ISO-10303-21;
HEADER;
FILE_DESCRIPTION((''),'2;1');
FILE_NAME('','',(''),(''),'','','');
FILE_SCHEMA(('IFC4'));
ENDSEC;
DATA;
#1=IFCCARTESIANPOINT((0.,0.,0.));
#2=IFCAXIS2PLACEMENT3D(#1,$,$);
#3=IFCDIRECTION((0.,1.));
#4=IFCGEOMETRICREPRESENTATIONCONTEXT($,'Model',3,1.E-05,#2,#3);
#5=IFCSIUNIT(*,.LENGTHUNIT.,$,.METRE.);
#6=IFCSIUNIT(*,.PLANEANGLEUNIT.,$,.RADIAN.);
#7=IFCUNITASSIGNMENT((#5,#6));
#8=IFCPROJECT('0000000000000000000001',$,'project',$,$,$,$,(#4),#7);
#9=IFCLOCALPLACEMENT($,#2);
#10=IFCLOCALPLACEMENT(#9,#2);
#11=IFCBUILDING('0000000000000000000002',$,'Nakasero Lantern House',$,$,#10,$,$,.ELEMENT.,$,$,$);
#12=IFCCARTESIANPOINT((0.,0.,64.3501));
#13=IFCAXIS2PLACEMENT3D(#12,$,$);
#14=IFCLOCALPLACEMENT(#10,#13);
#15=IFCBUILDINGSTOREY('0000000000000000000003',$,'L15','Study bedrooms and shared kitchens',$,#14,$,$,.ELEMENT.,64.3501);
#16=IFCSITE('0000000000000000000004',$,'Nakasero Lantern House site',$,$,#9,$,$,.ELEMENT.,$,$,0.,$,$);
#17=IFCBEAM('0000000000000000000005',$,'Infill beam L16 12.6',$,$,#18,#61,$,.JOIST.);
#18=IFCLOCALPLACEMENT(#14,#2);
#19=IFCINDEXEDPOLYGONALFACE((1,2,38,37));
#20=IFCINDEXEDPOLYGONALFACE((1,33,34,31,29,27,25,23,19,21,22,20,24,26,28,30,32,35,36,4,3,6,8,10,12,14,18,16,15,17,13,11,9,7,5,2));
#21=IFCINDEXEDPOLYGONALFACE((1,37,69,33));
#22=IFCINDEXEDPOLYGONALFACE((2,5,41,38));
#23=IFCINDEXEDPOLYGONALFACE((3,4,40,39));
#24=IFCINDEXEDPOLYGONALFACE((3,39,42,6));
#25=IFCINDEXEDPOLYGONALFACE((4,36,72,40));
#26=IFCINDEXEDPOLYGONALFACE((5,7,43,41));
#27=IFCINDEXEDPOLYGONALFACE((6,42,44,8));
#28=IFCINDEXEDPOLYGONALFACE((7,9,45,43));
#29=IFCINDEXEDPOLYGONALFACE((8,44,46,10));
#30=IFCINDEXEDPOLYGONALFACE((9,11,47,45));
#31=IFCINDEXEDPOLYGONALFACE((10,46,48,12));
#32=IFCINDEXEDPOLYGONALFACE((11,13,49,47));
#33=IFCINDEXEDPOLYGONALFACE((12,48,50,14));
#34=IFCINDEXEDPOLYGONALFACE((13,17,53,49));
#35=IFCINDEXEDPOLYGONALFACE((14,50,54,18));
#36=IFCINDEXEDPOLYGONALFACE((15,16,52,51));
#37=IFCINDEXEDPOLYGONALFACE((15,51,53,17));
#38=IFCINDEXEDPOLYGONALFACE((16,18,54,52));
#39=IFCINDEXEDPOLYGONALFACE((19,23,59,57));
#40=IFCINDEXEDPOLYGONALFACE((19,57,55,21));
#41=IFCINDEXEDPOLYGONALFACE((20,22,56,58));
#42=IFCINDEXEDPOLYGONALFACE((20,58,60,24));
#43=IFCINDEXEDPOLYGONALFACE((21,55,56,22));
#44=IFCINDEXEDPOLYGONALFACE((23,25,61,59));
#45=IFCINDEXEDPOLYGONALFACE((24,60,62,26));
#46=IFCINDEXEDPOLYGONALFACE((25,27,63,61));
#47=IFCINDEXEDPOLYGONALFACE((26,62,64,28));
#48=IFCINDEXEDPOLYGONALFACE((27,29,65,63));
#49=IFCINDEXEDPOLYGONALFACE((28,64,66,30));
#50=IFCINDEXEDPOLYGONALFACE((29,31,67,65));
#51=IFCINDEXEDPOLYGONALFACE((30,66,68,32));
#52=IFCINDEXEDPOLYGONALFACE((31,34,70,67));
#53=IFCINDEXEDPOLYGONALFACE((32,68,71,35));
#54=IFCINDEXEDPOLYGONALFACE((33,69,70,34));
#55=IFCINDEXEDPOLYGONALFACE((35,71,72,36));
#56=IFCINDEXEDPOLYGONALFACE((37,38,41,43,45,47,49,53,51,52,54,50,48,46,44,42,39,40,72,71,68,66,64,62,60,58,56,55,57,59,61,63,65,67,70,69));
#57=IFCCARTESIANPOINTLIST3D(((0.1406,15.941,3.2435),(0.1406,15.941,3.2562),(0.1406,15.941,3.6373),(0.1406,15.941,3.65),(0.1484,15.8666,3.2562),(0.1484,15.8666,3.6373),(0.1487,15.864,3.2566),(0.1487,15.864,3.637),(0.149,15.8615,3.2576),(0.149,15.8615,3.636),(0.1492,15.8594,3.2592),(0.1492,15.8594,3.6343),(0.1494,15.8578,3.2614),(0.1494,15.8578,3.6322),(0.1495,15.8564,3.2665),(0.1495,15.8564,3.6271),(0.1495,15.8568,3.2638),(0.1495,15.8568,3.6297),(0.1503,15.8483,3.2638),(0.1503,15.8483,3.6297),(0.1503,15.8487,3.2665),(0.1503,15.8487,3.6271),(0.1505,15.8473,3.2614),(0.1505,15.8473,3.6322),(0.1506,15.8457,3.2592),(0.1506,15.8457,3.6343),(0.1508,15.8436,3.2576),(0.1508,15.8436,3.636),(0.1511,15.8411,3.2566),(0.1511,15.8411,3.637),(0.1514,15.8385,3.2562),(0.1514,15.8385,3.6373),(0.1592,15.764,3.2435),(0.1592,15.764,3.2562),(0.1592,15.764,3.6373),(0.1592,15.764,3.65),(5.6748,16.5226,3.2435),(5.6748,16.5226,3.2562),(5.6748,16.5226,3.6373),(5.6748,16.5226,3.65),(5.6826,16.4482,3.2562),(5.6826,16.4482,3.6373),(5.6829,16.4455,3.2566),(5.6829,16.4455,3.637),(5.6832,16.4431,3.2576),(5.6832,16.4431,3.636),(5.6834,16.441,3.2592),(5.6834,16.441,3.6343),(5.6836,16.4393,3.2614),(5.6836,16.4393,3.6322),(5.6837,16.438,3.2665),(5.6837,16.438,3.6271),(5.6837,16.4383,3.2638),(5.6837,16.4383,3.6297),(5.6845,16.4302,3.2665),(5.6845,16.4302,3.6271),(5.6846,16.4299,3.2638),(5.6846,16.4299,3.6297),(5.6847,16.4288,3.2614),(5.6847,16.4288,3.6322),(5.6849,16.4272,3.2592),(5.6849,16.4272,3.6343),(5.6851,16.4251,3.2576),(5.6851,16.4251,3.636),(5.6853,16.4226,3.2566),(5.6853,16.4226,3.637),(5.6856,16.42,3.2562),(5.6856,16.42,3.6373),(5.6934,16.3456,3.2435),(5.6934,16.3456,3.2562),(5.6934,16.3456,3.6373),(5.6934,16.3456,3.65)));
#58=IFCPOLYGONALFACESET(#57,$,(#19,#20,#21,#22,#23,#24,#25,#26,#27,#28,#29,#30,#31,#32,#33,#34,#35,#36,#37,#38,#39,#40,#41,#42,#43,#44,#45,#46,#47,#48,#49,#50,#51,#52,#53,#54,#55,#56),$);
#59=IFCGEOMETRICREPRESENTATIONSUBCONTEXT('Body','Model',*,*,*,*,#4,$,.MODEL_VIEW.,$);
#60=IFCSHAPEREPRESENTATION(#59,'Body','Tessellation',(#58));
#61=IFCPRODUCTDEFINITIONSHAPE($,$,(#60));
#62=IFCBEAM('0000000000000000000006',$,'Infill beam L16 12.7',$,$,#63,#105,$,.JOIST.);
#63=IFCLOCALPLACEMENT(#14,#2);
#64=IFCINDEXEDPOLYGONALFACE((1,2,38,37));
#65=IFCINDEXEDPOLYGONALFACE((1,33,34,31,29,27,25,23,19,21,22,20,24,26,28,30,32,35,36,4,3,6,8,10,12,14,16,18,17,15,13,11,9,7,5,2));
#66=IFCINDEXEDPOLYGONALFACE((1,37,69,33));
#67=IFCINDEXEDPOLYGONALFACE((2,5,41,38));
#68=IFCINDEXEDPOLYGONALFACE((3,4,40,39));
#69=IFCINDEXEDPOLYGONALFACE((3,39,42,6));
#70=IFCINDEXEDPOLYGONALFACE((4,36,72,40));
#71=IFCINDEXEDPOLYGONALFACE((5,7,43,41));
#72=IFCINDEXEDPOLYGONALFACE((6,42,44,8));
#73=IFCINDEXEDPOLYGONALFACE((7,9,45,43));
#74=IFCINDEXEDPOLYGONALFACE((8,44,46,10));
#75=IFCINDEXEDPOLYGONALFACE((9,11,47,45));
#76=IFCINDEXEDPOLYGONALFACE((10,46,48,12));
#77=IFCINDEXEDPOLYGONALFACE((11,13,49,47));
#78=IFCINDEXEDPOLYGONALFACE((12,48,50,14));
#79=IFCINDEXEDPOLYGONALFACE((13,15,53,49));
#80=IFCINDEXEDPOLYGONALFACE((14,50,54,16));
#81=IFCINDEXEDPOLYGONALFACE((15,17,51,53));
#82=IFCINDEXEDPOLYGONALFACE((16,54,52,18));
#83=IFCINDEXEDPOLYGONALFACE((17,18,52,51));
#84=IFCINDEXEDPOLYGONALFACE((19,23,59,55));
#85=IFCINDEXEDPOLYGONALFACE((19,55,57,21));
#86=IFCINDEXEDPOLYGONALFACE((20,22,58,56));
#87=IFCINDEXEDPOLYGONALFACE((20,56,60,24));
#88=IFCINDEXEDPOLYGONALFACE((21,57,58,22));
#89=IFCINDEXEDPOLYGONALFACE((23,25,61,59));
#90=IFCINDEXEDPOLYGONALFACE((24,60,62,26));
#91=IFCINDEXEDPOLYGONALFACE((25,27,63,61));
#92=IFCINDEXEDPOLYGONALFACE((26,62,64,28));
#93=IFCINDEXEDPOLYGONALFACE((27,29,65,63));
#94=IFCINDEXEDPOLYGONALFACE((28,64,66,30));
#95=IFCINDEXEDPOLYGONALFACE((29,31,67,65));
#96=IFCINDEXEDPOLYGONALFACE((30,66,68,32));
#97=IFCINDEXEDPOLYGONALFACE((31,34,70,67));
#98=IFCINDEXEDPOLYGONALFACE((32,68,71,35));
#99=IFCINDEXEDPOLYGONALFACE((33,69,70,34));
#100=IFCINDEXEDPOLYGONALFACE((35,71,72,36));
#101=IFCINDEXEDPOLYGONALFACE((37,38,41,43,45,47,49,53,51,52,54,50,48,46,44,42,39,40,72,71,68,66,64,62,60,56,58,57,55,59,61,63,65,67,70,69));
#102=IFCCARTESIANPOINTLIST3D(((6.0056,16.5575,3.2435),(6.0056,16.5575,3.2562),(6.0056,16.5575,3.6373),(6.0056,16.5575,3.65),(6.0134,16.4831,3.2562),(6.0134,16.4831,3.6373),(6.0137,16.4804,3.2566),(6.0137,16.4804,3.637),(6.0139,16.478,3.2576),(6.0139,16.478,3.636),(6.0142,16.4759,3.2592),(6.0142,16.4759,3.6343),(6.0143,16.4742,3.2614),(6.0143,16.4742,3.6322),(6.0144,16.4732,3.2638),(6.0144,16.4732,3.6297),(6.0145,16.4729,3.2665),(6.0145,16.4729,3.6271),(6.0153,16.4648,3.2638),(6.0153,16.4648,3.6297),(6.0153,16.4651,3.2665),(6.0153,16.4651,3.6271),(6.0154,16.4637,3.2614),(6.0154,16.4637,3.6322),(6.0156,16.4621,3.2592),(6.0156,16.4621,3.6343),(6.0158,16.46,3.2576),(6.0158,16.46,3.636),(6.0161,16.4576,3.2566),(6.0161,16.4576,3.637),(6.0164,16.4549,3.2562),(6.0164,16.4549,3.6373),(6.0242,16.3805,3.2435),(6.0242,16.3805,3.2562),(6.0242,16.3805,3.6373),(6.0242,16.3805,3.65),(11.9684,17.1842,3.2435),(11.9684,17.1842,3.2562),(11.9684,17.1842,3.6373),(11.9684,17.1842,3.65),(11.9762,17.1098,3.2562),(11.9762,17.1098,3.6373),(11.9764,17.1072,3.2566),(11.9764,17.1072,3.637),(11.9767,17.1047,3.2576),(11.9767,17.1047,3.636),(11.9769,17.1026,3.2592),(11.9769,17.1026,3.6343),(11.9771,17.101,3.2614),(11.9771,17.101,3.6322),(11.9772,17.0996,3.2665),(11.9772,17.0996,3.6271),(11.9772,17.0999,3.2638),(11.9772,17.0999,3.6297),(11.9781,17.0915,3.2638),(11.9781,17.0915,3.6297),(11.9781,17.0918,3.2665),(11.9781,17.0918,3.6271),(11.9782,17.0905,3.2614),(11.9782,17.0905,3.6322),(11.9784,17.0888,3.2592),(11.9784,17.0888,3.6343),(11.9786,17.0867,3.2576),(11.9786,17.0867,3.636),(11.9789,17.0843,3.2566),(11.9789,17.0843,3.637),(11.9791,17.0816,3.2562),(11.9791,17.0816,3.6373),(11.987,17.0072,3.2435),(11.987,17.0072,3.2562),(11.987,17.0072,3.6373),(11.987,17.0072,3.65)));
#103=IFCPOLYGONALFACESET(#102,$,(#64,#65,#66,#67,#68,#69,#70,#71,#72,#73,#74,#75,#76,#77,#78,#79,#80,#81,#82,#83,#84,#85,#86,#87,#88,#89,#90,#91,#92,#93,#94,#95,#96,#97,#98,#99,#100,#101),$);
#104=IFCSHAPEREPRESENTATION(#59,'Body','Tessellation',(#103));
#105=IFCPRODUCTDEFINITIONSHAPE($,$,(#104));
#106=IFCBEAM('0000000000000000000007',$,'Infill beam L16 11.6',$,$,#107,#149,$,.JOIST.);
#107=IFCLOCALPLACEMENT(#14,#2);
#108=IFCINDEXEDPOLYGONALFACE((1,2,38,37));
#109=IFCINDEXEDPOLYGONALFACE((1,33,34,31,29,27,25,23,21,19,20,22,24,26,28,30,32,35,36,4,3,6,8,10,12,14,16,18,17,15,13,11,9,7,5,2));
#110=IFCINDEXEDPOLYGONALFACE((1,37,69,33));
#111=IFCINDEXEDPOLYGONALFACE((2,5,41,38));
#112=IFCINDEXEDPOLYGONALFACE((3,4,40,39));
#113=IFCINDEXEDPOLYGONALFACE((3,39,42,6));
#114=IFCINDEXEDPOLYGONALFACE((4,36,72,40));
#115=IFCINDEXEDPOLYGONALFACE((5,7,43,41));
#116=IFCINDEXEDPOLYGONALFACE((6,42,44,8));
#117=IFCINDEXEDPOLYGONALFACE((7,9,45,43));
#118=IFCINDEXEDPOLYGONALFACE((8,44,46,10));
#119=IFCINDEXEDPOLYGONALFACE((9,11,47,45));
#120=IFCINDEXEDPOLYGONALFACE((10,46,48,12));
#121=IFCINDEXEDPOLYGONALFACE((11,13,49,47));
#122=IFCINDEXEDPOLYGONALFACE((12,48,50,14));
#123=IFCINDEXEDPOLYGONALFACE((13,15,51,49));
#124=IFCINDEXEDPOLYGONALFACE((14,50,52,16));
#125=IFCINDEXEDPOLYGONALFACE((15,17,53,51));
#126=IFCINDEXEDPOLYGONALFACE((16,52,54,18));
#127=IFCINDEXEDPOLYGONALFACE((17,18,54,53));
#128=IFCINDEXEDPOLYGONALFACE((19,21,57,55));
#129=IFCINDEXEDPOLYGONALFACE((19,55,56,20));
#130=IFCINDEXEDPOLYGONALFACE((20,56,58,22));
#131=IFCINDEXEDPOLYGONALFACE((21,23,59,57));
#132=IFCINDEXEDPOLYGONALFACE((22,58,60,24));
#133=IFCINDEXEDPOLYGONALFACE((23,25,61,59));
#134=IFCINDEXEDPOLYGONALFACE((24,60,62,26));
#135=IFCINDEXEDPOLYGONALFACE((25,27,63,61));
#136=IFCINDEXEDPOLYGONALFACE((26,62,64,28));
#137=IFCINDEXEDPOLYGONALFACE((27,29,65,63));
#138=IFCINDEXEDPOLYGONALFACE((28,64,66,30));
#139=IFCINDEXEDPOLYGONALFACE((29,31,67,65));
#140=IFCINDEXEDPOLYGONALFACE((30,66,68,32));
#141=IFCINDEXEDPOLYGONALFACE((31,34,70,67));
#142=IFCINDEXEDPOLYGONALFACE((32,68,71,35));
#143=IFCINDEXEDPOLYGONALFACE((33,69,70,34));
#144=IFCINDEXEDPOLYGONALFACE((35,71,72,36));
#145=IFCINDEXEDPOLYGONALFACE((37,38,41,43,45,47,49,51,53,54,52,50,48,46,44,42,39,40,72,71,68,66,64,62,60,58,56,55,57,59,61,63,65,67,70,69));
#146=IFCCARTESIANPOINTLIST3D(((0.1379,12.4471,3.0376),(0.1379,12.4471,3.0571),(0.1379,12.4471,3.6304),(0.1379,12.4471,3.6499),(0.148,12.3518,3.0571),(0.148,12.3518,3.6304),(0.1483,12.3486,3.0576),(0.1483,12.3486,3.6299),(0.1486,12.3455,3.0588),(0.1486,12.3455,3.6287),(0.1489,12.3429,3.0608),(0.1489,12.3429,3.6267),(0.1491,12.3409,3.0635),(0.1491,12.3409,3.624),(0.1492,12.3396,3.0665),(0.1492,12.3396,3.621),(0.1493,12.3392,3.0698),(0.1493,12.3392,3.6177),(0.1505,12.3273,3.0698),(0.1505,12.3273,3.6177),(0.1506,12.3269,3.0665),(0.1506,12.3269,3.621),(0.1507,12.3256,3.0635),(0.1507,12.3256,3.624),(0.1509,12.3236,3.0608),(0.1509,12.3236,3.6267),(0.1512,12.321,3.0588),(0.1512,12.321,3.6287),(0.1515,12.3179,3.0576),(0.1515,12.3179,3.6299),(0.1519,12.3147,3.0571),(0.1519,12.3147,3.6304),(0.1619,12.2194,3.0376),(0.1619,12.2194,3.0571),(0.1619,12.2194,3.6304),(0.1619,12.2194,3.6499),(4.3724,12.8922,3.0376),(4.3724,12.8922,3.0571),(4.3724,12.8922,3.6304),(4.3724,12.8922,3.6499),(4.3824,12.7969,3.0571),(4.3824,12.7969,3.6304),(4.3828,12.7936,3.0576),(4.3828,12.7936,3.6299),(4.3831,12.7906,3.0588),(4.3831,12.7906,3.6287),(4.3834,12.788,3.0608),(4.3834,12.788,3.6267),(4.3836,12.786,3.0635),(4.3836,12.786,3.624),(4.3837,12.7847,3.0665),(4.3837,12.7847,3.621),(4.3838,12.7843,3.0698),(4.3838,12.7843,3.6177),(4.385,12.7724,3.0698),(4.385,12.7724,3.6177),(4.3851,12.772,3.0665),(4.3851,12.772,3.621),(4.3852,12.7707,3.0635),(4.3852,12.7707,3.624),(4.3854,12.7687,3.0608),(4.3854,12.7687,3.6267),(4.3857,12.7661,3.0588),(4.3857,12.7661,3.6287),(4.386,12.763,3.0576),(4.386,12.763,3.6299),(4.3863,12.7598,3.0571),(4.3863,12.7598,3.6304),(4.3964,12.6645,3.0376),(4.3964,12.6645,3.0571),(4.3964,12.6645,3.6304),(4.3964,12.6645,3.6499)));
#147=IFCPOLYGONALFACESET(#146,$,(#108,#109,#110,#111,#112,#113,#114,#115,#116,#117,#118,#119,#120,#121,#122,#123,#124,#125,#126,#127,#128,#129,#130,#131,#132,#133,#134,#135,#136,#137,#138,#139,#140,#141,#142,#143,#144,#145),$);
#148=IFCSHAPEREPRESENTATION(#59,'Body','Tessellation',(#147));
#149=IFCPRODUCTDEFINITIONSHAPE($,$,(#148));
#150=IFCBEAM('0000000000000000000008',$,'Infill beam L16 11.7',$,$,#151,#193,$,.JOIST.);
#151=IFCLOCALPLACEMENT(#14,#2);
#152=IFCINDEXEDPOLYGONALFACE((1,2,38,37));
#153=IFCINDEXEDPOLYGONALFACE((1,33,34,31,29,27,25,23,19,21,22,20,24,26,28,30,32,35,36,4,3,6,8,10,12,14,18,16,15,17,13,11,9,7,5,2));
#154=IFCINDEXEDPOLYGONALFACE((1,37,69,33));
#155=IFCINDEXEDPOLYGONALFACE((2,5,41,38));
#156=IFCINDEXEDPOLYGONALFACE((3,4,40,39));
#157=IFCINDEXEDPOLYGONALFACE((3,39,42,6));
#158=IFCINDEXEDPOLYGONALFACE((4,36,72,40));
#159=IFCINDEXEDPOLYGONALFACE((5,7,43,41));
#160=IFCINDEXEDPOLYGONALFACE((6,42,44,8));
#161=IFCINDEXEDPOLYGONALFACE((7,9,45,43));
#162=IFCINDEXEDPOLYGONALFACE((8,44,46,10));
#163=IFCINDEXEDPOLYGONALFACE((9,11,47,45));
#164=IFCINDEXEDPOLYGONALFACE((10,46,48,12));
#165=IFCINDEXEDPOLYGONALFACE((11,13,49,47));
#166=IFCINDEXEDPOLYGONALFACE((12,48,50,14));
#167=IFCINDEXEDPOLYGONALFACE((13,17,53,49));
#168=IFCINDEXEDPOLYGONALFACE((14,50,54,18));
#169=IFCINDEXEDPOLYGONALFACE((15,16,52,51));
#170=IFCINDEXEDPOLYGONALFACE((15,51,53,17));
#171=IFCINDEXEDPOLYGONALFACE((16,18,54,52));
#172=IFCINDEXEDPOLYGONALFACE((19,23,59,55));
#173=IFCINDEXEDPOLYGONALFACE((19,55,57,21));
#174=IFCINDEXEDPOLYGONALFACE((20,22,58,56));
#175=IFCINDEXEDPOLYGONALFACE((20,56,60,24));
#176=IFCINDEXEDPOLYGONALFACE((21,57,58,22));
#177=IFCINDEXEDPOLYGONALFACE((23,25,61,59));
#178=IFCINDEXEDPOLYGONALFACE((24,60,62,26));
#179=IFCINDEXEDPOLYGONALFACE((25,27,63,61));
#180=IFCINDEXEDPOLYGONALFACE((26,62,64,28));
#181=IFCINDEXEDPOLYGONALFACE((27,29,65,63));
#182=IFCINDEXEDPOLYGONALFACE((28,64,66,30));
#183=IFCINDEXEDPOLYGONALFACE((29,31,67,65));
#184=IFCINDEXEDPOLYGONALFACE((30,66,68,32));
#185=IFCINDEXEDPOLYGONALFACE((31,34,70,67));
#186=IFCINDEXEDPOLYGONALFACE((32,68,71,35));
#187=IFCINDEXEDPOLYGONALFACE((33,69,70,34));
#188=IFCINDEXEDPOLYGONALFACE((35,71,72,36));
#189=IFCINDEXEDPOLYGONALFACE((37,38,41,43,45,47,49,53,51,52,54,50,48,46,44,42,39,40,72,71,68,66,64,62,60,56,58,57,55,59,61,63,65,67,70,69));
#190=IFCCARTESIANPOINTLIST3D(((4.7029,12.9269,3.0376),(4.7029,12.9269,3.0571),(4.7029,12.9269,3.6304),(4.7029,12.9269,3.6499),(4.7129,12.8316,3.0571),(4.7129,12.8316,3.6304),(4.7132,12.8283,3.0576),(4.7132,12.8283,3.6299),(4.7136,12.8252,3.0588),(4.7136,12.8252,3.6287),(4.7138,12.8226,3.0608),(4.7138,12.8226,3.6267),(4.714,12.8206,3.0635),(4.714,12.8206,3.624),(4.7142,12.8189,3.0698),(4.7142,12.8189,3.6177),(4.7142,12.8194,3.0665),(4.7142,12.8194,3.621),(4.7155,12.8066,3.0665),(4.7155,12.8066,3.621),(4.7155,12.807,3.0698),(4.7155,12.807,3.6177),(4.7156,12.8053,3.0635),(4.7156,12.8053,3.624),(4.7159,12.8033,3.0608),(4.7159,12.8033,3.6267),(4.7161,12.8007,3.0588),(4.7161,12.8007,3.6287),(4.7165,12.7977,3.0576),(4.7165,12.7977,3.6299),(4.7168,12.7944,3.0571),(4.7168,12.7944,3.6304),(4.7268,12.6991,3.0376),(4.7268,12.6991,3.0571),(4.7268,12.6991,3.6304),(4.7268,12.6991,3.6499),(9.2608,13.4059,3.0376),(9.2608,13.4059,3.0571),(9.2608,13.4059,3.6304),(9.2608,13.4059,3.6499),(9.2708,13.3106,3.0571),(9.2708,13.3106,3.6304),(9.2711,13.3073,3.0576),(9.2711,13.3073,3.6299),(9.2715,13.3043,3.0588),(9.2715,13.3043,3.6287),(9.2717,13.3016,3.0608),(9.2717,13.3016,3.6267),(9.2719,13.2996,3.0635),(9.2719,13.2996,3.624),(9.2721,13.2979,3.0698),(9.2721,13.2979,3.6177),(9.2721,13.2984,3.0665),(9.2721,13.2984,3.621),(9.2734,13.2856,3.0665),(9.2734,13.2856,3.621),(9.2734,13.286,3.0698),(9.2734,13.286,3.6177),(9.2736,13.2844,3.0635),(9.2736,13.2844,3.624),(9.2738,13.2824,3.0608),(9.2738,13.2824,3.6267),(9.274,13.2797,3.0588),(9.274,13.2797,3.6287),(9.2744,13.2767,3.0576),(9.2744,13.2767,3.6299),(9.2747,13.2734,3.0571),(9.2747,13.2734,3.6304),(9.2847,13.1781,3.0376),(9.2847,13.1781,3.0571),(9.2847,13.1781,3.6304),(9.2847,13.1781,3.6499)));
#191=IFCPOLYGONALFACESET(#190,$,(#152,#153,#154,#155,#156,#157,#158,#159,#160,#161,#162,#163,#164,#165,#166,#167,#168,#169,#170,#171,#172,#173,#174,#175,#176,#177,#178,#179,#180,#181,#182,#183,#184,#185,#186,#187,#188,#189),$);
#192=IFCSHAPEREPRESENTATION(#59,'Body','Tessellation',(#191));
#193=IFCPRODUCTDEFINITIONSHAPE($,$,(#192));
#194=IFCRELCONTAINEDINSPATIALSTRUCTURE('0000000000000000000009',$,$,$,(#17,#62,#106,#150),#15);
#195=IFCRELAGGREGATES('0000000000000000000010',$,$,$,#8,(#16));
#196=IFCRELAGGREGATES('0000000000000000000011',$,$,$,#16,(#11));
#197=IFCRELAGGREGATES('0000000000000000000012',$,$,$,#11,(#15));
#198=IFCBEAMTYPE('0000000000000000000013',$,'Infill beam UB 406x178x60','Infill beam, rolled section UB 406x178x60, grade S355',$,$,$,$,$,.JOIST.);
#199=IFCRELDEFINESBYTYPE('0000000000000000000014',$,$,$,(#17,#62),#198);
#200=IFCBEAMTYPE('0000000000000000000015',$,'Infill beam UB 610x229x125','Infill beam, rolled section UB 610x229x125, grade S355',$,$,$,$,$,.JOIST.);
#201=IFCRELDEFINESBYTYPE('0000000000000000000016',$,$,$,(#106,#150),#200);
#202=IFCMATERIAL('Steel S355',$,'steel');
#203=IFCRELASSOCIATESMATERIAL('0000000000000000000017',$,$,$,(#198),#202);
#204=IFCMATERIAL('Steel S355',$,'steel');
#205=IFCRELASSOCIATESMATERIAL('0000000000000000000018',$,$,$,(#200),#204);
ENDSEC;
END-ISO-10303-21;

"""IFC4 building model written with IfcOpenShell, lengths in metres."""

from ifc_helpers import new_model, si_unit, direction, frame, origin, origin_2d, place, context, subcontext, project, spatial, i_section, extrude, material, material_profile, profile_set, type_object, element, save


model = new_model("IFC4")

# Units and contexts
model_context = context("Model", 3, precision=1e-05, world=origin(), true_north=direction((0.0, 1.0)))
body_context = subcontext(model_context, "Body", "Model", "MODEL_VIEW")
ifc_project = project(units=[si_unit("LENGTHUNIT", "METRE"), si_unit("PLANEANGLEUNIT", "RADIAN")], contexts=[model_context])

# Site, building, storey
site_placement = place(None, origin())
site = spatial("IfcSite", under=ifc_project, at=site_placement, Name="Nakasero Lantern House site", CompositionType="ELEMENT", RefElevation=0.0)
building_placement = place(site_placement, origin())
building = spatial("IfcBuilding", under=site, at=building_placement, Name="Nakasero Lantern House", CompositionType="ELEMENT")
storey_placement = place(building_placement, frame((0.0, 0.0, 64.3501)))
storey = spatial("IfcBuildingStorey", under=building, at=storey_placement, Name="L15", Description="Study bedrooms and shared kitchens", CompositionType="ELEMENT", Elevation=64.3501)

# Beams
ifc_material_1 = material(Name="Steel S355", Category="steel")
ifc_material_profile_1 = material_profile(ifc_material_1, i_section(OverallWidth=0.178, OverallDepth=0.4065, WebThickness=0.0078, FlangeThickness=0.0127, FilletRadius=0.0103, at=origin_2d()), Name="UB 406x178x60")
ifc_profile_set_1 = profile_set([ifc_material_profile_1], Name="Steel S355")
beam_type_1 = type_object("IfcBeamType", Name="Infill beam UB 406x178x60", Description="Infill beam, rolled section UB 406x178x60, grade S355", PredefinedType="JOIST", material=ifc_profile_set_1)
beam_1_placement = place(storey_placement, frame((0.1499, 15.8525, 3.4468), z_axis=(0.994524, 0.104507, 0.0), x_axis=(-0.104507, 0.994524, 0.0)))
element("IfcBeam", 1, at=beam_1_placement, inside=storey, type_object=beam_type_1, Name="Infill beam L16 12.6", PredefinedType="JOIST", context=body_context, shape_type="SweptSolid", body=[
    extrude(i_section(OverallWidth=0.178, OverallDepth=0.4065, WebThickness=0.0078, FlangeThickness=0.0127, FilletRadius=0.0103, at=origin_2d()), origin(), (0.0, 0.0, 1.0), 5.5647),
])
beam_2_placement = place(storey_placement, frame((6.0149, 16.469, 3.4468), z_axis=(0.994522, 0.10453, 0.0), x_axis=(-0.10453, 0.994522, 0.0)))
element("IfcBeam", 2, at=beam_2_placement, inside=storey, type_object=beam_type_1, Name="Infill beam L16 12.7", PredefinedType="JOIST", context=body_context, shape_type="SweptSolid", body=[
    extrude(i_section(OverallWidth=0.178, OverallDepth=0.4065, WebThickness=0.0078, FlangeThickness=0.0127, FilletRadius=0.0103, at=origin_2d()), origin(), (0.0, 0.0, 1.0), 5.9956),
])
ifc_material_2 = material(Name="Steel S355", Category="steel")
ifc_material_profile_2 = material_profile(ifc_material_2, i_section(OverallWidth=0.229, OverallDepth=0.6123, WebThickness=0.012, FlangeThickness=0.0195, FilletRadius=0.0127, at=origin_2d()), Name="UB 610x229x125")
ifc_profile_set_2 = profile_set([ifc_material_profile_2], Name="Steel S355")
beam_type_2 = type_object("IfcBeamType", Name="Infill beam UB 610x229x125", Description="Infill beam, rolled section UB 610x229x125, grade S355", PredefinedType="JOIST", material=ifc_profile_set_2)
beam_3_placement = place(storey_placement, frame((0.1499, 12.3333, 3.3438), z_axis=(0.994521, 0.104533, 0.0), x_axis=(-0.104533, 0.994521, 0.0)))
element("IfcBeam", 3, at=beam_3_placement, inside=storey, type_object=beam_type_2, Name="Infill beam L16 11.6", PredefinedType="JOIST", context=body_context, shape_type="SweptSolid", body=[
    extrude(i_section(OverallWidth=0.229, OverallDepth=0.6123, WebThickness=0.012, FlangeThickness=0.0195, FilletRadius=0.0127, at=origin_2d()), origin(), (0.0, 0.0, 1.0), 4.2578),
])
beam_4_placement = place(storey_placement, frame((4.7148, 12.813, 3.3438), z_axis=(0.994523, 0.104518, 0.0), x_axis=(-0.104518, 0.994523, 0.0)))
element("IfcBeam", 4, at=beam_4_placement, inside=storey, type_object=beam_type_2, Name="Infill beam L16 11.7", PredefinedType="JOIST", context=body_context, shape_type="SweptSolid", body=[
    extrude(i_section(OverallWidth=0.229, OverallDepth=0.6123, WebThickness=0.012, FlangeThickness=0.0195, FilletRadius=0.0127, at=origin_2d()), origin(), (0.0, 0.0, 1.0), 4.583),
])

save(model, "model.ifc")
